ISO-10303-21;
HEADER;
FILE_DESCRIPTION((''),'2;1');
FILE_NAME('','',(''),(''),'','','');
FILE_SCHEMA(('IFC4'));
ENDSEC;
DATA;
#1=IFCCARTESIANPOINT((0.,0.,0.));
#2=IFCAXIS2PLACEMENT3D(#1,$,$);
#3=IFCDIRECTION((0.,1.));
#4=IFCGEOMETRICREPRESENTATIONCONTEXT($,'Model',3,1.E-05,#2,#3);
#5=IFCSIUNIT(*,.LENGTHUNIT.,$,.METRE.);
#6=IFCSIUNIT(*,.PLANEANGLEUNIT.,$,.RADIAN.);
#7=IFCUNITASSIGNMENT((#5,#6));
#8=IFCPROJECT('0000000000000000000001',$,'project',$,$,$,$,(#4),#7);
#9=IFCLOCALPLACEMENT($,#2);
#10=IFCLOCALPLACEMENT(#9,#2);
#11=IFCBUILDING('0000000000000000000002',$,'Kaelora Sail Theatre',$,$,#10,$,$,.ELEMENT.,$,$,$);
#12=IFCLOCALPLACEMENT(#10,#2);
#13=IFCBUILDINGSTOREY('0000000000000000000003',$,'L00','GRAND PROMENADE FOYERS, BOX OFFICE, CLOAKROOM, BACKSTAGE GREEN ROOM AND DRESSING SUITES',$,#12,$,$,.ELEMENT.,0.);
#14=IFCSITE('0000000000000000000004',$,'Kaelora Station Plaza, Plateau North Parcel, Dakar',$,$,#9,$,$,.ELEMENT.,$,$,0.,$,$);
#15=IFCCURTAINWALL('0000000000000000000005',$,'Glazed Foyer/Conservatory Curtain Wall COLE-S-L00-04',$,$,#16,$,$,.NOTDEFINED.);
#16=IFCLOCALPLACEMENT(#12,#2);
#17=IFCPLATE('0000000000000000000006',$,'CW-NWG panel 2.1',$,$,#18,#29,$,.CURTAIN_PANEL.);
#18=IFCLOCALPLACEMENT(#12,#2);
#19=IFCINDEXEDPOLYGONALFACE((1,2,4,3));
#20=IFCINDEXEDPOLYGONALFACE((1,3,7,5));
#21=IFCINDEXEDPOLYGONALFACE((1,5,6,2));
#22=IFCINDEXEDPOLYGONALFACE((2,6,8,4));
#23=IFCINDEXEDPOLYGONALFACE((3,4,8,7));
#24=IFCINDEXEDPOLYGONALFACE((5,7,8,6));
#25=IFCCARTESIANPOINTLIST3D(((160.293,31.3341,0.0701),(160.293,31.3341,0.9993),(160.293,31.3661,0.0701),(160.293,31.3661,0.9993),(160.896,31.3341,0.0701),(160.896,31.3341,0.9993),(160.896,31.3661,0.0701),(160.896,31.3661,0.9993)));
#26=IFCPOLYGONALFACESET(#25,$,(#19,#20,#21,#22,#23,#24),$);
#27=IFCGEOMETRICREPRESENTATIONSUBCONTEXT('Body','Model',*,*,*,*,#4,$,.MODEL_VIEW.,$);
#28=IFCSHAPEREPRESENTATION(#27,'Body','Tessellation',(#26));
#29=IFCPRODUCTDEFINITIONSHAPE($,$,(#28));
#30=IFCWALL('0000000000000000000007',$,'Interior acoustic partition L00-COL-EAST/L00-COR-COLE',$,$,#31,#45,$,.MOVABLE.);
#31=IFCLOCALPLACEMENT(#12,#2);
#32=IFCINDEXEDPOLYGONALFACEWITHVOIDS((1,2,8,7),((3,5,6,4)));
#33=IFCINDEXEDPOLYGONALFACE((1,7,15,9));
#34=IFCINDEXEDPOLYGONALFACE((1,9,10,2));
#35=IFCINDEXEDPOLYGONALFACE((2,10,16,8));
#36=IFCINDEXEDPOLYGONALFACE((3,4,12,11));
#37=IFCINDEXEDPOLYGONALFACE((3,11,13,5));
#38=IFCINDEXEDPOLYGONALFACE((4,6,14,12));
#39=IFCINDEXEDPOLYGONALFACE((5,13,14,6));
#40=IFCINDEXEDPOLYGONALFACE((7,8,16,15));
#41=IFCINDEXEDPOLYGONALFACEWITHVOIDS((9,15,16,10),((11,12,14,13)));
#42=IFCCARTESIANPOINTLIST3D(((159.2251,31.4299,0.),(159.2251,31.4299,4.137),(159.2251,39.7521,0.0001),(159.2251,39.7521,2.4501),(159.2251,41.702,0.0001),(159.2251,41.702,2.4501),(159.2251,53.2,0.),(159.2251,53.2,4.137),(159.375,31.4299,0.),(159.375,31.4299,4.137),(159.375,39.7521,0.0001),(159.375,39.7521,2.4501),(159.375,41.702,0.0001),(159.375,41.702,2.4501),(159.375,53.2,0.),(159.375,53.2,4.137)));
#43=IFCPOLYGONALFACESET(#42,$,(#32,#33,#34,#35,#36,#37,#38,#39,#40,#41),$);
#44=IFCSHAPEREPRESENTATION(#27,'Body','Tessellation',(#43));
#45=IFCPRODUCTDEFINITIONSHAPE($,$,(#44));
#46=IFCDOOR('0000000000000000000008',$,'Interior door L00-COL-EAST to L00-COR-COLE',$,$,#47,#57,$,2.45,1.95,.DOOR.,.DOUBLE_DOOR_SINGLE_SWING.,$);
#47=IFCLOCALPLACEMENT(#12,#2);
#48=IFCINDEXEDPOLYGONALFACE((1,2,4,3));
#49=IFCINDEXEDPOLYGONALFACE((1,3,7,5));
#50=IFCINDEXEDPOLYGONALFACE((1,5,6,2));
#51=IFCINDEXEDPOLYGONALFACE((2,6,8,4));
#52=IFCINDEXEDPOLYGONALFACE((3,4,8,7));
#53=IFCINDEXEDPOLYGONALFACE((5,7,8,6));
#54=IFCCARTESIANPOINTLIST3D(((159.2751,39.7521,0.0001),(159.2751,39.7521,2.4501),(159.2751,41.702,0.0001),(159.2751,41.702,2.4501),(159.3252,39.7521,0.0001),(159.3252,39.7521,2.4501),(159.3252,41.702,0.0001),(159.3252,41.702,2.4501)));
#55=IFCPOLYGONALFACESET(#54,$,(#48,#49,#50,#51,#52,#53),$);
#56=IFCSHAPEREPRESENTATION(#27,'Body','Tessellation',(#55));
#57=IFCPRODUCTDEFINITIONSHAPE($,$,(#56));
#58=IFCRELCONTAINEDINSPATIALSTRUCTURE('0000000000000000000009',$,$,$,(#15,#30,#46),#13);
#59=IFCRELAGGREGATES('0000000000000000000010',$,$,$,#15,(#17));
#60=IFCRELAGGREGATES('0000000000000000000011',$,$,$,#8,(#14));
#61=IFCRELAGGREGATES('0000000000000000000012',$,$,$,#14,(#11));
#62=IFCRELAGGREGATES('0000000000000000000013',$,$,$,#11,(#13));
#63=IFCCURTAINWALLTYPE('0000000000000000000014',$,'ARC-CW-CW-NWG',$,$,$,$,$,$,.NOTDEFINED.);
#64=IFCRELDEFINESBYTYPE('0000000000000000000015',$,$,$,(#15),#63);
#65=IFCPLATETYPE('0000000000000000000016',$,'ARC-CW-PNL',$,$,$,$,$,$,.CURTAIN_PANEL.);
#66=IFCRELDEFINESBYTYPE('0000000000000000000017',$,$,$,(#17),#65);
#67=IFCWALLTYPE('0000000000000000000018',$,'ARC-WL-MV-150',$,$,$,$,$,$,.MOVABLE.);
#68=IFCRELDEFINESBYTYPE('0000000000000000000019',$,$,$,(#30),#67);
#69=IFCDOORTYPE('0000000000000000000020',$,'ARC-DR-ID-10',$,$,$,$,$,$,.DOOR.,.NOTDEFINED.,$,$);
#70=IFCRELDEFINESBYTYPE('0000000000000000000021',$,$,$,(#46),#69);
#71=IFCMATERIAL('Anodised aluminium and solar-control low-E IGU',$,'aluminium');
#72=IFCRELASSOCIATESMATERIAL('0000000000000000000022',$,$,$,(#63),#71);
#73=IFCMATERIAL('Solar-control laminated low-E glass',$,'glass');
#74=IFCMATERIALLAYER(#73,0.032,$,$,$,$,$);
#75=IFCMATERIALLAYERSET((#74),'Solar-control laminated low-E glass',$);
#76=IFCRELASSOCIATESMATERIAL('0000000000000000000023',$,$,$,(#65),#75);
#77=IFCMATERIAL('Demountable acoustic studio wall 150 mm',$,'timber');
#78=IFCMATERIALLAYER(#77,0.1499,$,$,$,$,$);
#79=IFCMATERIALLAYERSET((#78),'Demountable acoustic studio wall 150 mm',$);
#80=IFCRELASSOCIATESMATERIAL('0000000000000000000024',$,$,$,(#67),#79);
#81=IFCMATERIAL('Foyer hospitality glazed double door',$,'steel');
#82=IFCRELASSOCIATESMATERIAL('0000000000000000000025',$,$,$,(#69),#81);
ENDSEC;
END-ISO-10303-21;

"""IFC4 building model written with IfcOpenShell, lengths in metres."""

from ifc_helpers import new_model, si_unit, direction, frame, frame_2d, origin, origin_2d, place, context, subcontext, project, spatial, rectangle, extrude, material, layer, layer_set, type_object, element, fill, aggregate, save


model = new_model("IFC4")

# Units and contexts
model_context = context("Model", 3, precision=1e-05, world=origin(), true_north=direction((0.0, 1.0)))
body_context = subcontext(model_context, "Body", "Model", "MODEL_VIEW")
ifc_project = project(units=[si_unit("LENGTHUNIT", "METRE"), si_unit("PLANEANGLEUNIT", "RADIAN")], contexts=[model_context])

# Site, building, storey
site_placement = place(None, origin())
site = spatial("IfcSite", under=ifc_project, at=site_placement, Name="Kaelora Station Plaza, Plateau North Parcel, Dakar", CompositionType="ELEMENT", RefElevation=0.0)
building_placement = place(site_placement, origin())
building = spatial("IfcBuilding", under=site, at=building_placement, Name="Kaelora Sail Theatre", CompositionType="ELEMENT")
storey_placement = place(building_placement, origin())
storey = spatial("IfcBuildingStorey", under=building, at=storey_placement, Name="L00", Description="GRAND PROMENADE FOYERS, BOX OFFICE, CLOAKROOM, BACKSTAGE GREEN ROOM AND DRESSING SUITES", CompositionType="ELEMENT", Elevation=0.0)

# Curtain wall
ifc_material_1 = material(Name="Anodised aluminium and solar-control low-E IGU", Category="aluminium")
curtain_wall_type = type_object("IfcCurtainWallType", Name="ARC-CW-CW-NWG", PredefinedType="NOTDEFINED", material=ifc_material_1)
curtain_wall_1_placement = place(storey_placement, origin())
curtain_wall_1 = element("IfcCurtainWall", 1, at=curtain_wall_1_placement, inside=storey, type_object=curtain_wall_type, Name="Glazed Foyer/Conservatory Curtain Wall COLE-S-L00-04", PredefinedType="NOTDEFINED")

# Plate
ifc_material_2 = material(Name="Solar-control laminated low-E glass", Category="glass")
ifc_layer_1 = layer(ifc_material_2, 0.032)
ifc_layer_set_1 = layer_set([ifc_layer_1], Name="Solar-control laminated low-E glass")
plate_type = type_object("IfcPlateType", Name="ARC-CW-PNL", PredefinedType="CURTAIN_PANEL", material=ifc_layer_set_1)
plate_1_placement = place(storey_placement, frame((160.5945, 31.3501, 0.0701), z_axis=(0.0, 0.0, 1.0), x_axis=(1.0, 0.0, 0.0)))
plate_1 = element("IfcPlate", 2, at=plate_1_placement, type_object=plate_type, Name="CW-NWG panel 2.1", PredefinedType="CURTAIN_PANEL", context=body_context, shape_type="SweptSolid", body=[
    extrude(rectangle(XDim=0.603, YDim=0.032, at=origin_2d()), origin(), (0.0, 0.0, 1.0), 0.9292),
])
aggregate(curtain_wall_1, [plate_1])

# Wall, opening, door
ifc_material_3 = material(Name="Demountable acoustic studio wall 150 mm", Category="timber")
ifc_layer_2 = layer(ifc_material_3, 0.1499)
ifc_layer_set_2 = layer_set([ifc_layer_2], Name="Demountable acoustic studio wall 150 mm")
wall_type = type_object("IfcWallType", Name="ARC-WL-MV-150", PredefinedType="MOVABLE", material=ifc_layer_set_2)
wall_placement = place(storey_placement, frame((159.3, 31.4299, 0.0), z_axis=(0.0, 0.0, 1.0), x_axis=(0.0, 1.0, 0.0)))
wall = element("IfcWall", 3, at=wall_placement, inside=storey, type_object=wall_type, Name="Interior acoustic partition L00-COL-EAST/L00-COR-COLE", PredefinedType="MOVABLE", context=body_context, shape_type="SweptSolid", body=[
    extrude(rectangle(XDim=21.77, YDim=0.1499, at=frame_2d((10.885, 0.0))), origin(), (0.0, 0.0, 1.0), 4.137),
])
opening_placement = place(wall_placement, frame((8.322, 0.0, 0.0)))
opening = element("IfcOpeningElement", 4, at=opening_placement, cuts=wall, PredefinedType="OPENING", context=body_context, shape_type="SweptSolid", body=[
    extrude(rectangle(XDim=1.95, YDim=2.45, at=frame_2d((0.9751, 1.2251))), frame((0.0, 0.085, 0.0), z_axis=(0.0, -1.0, 0.0), x_axis=(1.0, 0.0, 0.0)), (0.0, 0.0, 1.0), 0.1699),
])
ifc_material_4 = material(Name="Foyer hospitality glazed double door", Category="steel")
door_type = type_object("IfcDoorType", Name="ARC-DR-ID-10", OperationType="NOTDEFINED", PredefinedType="DOOR", material=ifc_material_4)
door_placement = place(opening_placement, origin())
door = element("IfcDoor", 5, at=door_placement, inside=storey, type_object=door_type, Name="Interior door L00-COL-EAST to L00-COR-COLE", OperationType="DOUBLE_DOOR_SINGLE_SWING", OverallHeight=2.45, OverallWidth=1.95, PredefinedType="DOOR", context=body_context, shape_type="SweptSolid", body=[
    extrude(rectangle(XDim=1.95, YDim=2.45, at=frame_2d((0.9751, 1.2251))), frame((0.0, 0.0249, 0.0), z_axis=(0.0, -1.0, 0.0), x_axis=(1.0, 0.0, 0.0)), (0.0, 0.0, 1.0), 0.05),
])
fill(opening, door)

save(model, "model.ifc")
